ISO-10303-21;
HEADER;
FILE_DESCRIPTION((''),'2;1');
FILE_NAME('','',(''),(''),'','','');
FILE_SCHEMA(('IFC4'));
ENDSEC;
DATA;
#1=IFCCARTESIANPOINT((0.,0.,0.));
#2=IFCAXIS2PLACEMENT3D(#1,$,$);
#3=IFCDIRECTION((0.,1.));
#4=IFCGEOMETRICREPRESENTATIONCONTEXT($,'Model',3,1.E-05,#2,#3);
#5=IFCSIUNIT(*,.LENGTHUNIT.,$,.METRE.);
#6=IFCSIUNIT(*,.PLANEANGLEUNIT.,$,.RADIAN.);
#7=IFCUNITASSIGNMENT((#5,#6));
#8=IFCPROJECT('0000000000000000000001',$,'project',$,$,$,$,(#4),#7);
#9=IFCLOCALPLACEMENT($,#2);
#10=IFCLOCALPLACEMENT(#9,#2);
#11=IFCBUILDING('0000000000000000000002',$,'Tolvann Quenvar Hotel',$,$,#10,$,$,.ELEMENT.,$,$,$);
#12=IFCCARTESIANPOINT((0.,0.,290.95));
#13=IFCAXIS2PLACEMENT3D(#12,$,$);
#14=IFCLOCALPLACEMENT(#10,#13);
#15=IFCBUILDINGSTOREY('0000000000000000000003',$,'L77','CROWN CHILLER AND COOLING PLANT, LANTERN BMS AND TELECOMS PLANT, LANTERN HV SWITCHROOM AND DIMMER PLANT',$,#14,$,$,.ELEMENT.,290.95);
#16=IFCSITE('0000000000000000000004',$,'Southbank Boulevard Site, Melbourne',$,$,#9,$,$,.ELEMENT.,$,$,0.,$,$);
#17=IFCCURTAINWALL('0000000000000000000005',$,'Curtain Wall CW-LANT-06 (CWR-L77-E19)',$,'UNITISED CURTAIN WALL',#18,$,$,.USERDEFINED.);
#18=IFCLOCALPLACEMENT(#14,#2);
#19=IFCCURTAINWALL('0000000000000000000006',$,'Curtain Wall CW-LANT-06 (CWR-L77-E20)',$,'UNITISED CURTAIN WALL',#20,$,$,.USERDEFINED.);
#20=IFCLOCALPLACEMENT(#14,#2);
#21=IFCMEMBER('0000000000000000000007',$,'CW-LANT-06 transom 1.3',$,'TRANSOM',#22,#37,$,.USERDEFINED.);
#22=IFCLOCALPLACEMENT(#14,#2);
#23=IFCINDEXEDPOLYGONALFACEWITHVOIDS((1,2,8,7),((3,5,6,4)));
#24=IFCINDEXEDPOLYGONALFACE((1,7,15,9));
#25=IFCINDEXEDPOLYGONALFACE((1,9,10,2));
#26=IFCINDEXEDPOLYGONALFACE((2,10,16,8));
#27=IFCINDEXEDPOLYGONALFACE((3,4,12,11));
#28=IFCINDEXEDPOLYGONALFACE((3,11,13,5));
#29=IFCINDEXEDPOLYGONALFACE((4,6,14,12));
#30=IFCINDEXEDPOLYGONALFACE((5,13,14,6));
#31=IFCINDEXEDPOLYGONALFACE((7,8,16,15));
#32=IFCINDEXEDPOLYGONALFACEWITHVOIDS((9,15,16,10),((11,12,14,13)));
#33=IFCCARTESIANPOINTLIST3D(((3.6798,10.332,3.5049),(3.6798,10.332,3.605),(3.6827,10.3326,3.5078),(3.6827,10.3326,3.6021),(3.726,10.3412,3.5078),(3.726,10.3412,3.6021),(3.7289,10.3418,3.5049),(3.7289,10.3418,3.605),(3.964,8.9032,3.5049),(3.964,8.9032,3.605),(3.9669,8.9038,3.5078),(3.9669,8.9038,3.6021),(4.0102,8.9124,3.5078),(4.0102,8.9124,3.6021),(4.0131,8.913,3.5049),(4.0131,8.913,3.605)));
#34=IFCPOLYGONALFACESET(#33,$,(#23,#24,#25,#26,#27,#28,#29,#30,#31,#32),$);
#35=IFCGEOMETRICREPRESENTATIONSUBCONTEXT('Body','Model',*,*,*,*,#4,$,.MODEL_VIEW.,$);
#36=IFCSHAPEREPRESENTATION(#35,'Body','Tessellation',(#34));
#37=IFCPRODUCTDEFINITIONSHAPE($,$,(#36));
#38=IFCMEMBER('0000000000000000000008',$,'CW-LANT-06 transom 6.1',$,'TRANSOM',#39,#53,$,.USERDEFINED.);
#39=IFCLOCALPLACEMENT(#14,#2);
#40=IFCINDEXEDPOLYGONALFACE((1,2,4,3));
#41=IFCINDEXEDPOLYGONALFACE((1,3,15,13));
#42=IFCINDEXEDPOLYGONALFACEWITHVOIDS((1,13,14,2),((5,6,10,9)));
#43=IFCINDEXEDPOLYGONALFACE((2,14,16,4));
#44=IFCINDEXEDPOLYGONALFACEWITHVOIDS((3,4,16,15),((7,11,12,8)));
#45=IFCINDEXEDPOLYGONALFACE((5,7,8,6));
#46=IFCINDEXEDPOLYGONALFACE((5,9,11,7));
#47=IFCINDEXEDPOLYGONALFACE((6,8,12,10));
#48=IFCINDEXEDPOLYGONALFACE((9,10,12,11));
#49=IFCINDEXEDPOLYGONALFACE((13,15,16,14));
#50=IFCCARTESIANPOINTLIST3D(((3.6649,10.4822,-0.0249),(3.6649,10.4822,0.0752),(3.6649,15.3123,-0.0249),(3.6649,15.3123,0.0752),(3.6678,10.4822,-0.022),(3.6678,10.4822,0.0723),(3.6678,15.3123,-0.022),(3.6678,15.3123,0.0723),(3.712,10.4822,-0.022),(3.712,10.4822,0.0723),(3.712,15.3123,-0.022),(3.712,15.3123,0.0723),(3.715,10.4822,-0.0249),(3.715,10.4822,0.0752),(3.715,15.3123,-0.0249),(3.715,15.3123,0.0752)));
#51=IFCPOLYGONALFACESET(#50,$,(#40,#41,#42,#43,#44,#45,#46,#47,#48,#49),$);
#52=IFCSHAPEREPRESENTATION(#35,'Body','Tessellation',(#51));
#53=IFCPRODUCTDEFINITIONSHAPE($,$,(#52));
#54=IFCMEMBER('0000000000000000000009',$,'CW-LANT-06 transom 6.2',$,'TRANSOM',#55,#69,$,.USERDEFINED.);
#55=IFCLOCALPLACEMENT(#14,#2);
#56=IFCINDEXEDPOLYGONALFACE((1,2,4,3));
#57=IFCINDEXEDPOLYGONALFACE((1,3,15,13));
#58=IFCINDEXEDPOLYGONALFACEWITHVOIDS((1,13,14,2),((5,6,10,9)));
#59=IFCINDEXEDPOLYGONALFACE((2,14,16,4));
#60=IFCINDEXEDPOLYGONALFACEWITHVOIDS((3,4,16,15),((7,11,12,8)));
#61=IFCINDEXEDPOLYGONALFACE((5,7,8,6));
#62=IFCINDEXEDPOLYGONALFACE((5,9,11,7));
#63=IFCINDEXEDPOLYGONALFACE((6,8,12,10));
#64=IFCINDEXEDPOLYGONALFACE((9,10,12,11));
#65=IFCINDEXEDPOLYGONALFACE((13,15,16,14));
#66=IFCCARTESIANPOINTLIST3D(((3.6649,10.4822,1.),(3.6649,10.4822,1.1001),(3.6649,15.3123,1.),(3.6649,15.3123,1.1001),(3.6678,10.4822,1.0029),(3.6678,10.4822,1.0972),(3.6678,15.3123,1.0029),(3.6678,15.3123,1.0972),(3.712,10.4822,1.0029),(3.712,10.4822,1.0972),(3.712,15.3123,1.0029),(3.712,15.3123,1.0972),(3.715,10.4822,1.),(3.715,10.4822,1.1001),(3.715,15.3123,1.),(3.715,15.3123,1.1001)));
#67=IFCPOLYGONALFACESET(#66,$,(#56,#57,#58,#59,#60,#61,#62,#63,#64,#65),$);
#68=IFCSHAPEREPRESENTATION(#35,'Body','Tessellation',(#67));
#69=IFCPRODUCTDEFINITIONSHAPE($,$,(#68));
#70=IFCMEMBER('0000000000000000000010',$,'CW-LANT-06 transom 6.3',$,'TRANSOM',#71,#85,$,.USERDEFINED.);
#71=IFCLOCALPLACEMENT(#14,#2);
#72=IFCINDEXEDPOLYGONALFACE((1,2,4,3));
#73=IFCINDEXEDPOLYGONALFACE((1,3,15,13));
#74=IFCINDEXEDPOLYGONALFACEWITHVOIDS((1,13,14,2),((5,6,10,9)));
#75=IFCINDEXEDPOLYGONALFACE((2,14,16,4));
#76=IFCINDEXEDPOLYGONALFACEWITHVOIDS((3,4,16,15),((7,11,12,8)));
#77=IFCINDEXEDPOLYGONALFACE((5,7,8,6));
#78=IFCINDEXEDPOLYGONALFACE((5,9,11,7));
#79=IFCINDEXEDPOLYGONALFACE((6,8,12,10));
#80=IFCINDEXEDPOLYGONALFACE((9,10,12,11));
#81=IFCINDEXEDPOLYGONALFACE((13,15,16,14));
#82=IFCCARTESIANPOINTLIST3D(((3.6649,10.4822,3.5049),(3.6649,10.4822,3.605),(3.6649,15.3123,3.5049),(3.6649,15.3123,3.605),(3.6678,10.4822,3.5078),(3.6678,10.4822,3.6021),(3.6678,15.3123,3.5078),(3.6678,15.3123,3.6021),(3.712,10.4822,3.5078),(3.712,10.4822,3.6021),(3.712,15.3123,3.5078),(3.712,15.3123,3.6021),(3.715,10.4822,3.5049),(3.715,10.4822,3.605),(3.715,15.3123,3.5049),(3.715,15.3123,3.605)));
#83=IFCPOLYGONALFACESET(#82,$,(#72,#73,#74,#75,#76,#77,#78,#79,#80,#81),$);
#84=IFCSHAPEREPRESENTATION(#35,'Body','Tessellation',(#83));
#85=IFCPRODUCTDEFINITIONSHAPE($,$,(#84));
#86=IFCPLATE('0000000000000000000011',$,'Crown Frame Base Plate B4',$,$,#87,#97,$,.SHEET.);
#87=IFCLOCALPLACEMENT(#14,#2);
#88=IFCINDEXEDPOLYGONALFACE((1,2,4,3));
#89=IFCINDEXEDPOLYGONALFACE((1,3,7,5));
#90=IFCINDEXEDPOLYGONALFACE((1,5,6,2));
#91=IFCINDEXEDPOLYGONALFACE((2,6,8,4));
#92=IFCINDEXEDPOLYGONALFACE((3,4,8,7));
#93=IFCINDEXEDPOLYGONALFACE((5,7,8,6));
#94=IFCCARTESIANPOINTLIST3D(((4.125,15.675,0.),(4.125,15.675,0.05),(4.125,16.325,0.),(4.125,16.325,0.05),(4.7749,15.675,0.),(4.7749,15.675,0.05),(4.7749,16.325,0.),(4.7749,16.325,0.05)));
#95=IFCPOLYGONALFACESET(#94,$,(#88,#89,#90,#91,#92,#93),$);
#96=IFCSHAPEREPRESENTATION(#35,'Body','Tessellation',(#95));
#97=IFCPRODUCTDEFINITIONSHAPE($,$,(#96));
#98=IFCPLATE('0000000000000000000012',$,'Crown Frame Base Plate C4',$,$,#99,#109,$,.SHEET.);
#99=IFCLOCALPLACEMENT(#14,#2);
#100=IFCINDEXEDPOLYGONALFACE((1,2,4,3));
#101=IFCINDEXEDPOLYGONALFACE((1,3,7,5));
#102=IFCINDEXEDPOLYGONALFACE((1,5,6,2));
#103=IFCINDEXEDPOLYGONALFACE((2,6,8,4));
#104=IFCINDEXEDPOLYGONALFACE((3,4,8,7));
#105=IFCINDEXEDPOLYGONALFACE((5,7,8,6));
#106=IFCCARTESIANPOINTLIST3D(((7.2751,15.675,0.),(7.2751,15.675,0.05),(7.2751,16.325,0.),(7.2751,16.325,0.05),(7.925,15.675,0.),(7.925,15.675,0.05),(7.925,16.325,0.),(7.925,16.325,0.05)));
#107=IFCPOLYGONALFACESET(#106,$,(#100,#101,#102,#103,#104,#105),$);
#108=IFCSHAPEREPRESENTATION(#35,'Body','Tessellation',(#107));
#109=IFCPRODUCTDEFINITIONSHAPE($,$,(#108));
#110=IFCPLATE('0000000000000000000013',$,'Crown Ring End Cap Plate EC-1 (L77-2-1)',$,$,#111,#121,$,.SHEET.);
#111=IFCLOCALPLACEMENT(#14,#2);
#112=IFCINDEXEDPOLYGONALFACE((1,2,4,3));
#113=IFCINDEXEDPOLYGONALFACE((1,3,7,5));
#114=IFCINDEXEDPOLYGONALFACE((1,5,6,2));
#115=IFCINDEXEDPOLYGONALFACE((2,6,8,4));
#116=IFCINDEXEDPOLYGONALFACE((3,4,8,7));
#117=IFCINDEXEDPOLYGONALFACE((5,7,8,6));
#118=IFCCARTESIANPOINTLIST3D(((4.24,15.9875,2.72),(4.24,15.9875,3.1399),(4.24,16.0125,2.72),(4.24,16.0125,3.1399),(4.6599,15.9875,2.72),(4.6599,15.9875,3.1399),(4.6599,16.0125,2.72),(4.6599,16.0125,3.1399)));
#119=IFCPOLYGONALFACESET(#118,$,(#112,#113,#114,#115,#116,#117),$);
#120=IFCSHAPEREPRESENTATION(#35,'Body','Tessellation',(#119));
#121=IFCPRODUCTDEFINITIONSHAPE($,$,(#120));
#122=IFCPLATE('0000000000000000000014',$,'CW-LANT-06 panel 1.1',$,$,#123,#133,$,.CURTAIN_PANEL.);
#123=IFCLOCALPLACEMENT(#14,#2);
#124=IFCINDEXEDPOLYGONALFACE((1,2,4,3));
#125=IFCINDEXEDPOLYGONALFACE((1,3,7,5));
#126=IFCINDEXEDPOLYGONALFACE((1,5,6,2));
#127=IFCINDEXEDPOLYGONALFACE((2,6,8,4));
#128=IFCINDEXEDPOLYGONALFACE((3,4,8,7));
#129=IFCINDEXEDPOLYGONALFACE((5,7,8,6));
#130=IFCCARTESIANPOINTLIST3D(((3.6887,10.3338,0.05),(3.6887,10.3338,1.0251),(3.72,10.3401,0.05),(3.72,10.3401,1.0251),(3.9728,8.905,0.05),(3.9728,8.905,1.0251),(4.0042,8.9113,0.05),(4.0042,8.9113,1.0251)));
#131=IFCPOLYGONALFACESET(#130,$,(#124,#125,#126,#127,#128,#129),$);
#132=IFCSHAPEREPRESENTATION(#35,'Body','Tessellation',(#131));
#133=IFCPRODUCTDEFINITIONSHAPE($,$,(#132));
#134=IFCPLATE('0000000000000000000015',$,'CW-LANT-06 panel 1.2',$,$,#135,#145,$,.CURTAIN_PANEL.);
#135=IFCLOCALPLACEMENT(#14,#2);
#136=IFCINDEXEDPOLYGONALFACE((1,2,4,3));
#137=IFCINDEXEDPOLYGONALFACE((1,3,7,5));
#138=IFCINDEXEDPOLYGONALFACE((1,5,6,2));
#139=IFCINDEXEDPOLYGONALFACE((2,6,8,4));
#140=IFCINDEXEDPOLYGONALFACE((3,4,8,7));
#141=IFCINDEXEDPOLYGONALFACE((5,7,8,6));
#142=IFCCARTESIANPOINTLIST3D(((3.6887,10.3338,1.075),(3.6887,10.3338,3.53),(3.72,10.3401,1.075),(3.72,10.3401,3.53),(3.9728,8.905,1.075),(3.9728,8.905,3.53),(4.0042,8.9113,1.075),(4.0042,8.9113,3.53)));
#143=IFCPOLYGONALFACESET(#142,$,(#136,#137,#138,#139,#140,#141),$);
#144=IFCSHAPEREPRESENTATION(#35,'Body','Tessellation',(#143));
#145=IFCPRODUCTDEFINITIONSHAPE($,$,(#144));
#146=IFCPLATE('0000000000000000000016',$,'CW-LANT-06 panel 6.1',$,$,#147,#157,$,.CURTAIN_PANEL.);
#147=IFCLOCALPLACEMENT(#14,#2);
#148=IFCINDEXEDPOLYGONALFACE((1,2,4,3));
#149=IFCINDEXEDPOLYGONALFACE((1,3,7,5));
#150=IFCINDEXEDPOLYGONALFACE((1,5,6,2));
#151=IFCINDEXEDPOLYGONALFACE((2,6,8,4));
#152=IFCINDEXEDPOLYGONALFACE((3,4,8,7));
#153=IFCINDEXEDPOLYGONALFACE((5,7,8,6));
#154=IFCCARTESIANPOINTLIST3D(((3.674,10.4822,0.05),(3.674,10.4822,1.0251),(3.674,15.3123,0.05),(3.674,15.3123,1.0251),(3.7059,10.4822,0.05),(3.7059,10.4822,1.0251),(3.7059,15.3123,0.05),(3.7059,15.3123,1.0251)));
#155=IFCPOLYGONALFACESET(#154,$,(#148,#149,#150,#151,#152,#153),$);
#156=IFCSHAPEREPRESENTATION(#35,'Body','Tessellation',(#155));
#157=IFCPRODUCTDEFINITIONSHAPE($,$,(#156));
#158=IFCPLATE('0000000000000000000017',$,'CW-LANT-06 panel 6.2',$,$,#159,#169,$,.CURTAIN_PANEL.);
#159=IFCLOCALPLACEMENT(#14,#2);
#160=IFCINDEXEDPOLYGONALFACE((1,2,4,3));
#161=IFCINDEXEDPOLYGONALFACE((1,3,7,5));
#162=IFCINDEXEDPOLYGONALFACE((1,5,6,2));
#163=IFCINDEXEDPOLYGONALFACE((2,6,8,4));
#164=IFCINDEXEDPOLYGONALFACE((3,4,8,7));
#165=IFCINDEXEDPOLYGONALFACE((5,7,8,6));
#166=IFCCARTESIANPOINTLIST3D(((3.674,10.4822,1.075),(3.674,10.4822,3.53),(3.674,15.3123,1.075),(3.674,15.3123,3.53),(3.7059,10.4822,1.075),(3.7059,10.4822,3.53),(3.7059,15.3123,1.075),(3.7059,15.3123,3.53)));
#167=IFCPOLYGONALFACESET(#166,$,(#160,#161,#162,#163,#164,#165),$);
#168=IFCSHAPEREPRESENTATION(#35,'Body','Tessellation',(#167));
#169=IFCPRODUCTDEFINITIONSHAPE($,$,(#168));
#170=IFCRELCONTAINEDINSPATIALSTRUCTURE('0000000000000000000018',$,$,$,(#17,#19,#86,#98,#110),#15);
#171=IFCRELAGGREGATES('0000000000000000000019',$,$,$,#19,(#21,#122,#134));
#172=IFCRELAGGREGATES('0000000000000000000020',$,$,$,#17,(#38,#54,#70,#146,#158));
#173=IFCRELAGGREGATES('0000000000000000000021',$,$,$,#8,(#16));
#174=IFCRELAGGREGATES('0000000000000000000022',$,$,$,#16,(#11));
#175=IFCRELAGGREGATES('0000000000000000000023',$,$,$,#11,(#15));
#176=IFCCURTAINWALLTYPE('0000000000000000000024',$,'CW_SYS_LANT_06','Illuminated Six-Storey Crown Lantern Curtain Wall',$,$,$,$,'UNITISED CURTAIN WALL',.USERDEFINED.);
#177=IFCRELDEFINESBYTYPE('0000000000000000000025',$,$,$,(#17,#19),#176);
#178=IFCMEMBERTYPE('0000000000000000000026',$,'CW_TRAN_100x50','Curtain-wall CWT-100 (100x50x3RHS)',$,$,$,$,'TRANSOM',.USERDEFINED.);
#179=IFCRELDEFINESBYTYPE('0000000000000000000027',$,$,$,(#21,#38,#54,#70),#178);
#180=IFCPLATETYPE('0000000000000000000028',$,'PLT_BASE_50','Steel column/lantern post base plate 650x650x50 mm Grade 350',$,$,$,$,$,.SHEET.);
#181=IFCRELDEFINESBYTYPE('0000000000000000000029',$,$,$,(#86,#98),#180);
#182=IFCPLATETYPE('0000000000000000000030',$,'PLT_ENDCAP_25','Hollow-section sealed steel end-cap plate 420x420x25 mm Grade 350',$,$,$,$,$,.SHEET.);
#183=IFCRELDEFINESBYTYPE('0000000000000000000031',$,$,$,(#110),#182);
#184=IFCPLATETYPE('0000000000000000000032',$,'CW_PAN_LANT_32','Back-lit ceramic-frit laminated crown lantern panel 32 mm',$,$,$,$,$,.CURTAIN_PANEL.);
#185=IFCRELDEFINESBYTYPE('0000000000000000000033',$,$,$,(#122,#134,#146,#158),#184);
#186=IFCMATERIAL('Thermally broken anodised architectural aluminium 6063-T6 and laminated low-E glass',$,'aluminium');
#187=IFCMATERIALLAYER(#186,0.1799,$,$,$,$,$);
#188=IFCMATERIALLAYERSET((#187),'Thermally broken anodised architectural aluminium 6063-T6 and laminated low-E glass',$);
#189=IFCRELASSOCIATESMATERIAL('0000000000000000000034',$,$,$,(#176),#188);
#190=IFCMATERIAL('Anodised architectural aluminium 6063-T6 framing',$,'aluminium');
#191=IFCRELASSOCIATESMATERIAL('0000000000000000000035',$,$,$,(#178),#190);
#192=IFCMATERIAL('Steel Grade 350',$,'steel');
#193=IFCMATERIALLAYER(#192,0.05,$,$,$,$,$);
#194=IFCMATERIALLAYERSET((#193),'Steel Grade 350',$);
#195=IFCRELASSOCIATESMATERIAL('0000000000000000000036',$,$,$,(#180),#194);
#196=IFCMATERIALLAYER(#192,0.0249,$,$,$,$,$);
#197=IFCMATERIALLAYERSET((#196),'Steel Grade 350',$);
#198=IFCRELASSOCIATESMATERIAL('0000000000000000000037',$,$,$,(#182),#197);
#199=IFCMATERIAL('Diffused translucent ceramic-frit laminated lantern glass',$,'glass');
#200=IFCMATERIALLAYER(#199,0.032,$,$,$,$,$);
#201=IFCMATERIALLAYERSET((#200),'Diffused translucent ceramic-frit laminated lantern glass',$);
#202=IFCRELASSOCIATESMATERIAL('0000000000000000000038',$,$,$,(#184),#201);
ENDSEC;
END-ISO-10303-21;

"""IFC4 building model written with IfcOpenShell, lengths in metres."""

from ifc_helpers import new_model, si_unit, direction, frame, origin, origin_2d, place, context, subcontext, project, spatial, rectangle, hollow_rectangle, extrude, source, transform, mapped, material, layer, layer_set, material_profile, profile_set, type_object, type_shapes, element, aggregate, save


model = new_model("IFC4")

# Units and contexts
model_context = context("Model", 3, precision=1e-05, world=origin(), true_north=direction((0.0, 1.0)))
body_context = subcontext(model_context, "Body", "Model", "MODEL_VIEW")
ifc_project = project(units=[si_unit("LENGTHUNIT", "METRE"), si_unit("PLANEANGLEUNIT", "RADIAN")], contexts=[model_context])

# Site, building, storey
site_placement = place(None, origin())
site = spatial("IfcSite", under=ifc_project, at=site_placement, Name="Southbank Boulevard Site, Melbourne", CompositionType="ELEMENT", RefElevation=0.0)
building_placement = place(site_placement, origin())
building = spatial("IfcBuilding", under=site, at=building_placement, Name="Tolvann Quenvar Hotel", CompositionType="ELEMENT")
storey_placement = place(building_placement, frame((0.0, 0.0, 290.95)))
storey = spatial("IfcBuildingStorey", under=building, at=storey_placement, Name="L77", Description="CROWN CHILLER AND COOLING PLANT, LANTERN BMS AND TELECOMS PLANT, LANTERN HV SWITCHROOM AND DIMMER PLANT", CompositionType="ELEMENT", Elevation=290.95)

# Shared definitions
ifc_material_1 = material(Name="Steel Grade 350", Category="steel")

# Shared definitions
ifc_material_2 = material(Name="Thermally broken anodised architectural aluminium 6063-T6 and laminated low-E glass", Category="aluminium")
ifc_layer_1 = layer(ifc_material_2, 0.1799)
ifc_layer_set_1 = layer_set([ifc_layer_1], Name="Thermally broken anodised architectural aluminium 6063-T6 and laminated low-E glass")
curtain_wall_type = type_object("IfcCurtainWallType", Name="CW_SYS_LANT_06", Description="Illuminated Six-Storey Crown Lantern Curtain Wall", ElementType="UNITISED CURTAIN WALL", PredefinedType="USERDEFINED", material=ifc_layer_set_1)
ifc_material_3 = material(Name="Anodised architectural aluminium 6063-T6 framing", Category="aluminium")

# Curtain walls
curtain_wall_1_placement = place(storey_placement, origin())
curtain_wall_1 = element("IfcCurtainWall", 1, at=curtain_wall_1_placement, inside=storey, type_object=curtain_wall_type, Name="Curtain Wall CW-LANT-06 (CWR-L77-E19)", ObjectType="UNITISED CURTAIN WALL", PredefinedType="USERDEFINED")
curtain_wall_2_placement = place(storey_placement, origin())
curtain_wall_2 = element("IfcCurtainWall", 2, at=curtain_wall_2_placement, inside=storey, type_object=curtain_wall_type, Name="Curtain Wall CW-LANT-06 (CWR-L77-E20)", ObjectType="UNITISED CURTAIN WALL", PredefinedType="USERDEFINED")

# Members
ifc_material_profile_1 = material_profile(ifc_material_3, hollow_rectangle(XDim=0.05, YDim=0.1001, WallThickness=0.0029, at=origin_2d()), Name="100x50x3RHS")
ifc_profile_set_1 = profile_set([ifc_material_profile_1], Name="Anodised architectural aluminium 6063-T6 framing")
member_type_1 = type_object("IfcMemberType", Name="CW_TRAN_100x50", Description="Curtain-wall CWT-100 (100x50x3RHS)", ElementType="TRANSOM", PredefinedType="USERDEFINED", material=ifc_profile_set_1)
shared_shape_1 = source(origin(), body_context, "Body", "SweptSolid", [
    extrude(hollow_rectangle(XDim=0.05, YDim=0.1001, WallThickness=0.0029, at=origin_2d()), origin(), (0.0, 0.0, 1.0), 1.4568),
])
member_1_placement = place(storey_placement, frame((3.7043, 10.3369, 3.5549), z_axis=(0.195085, -0.980786, 0.0), x_axis=(0.980786, 0.195085, 0.0)))
member_1 = element("IfcMember", 3, at=member_1_placement, type_object=member_type_1, Name="CW-LANT-06 transom 1.3", ObjectType="TRANSOM", PredefinedType="USERDEFINED", context=body_context, shape_type="MappedRepresentation", body=[
    mapped(shared_shape_1, transform((0.0, 0.0, 0.0), x_axis=(1.0, 0.0, 0.0), y_axis=(0.0, 1.0, 0.0), z_axis=(0.0, 0.0, 1.0), scale=1.0)),
])
shared_shape_2 = source(origin(), body_context, "Body", "SweptSolid", [
    extrude(hollow_rectangle(XDim=0.05, YDim=0.1001, WallThickness=0.0029, at=origin_2d()), origin(), (0.0, 0.0, 1.0), 4.8301),
])
member_2_placement = place(storey_placement, frame((3.6899, 15.3123, 0.0251), z_axis=(0.0, -1.0, 0.0), x_axis=(1.0, 0.0, 0.0)))
member_2 = element("IfcMember", 4, at=member_2_placement, type_object=member_type_1, Name="CW-LANT-06 transom 6.1", ObjectType="TRANSOM", PredefinedType="USERDEFINED", context=body_context, shape_type="MappedRepresentation", body=[
    mapped(shared_shape_2, transform((0.0, 0.0, 0.0), x_axis=(1.0, 0.0, 0.0), y_axis=(0.0, 1.0, 0.0), z_axis=(0.0, 0.0, 1.0), scale=1.0)),
])
member_3_placement = place(storey_placement, frame((3.6899, 15.3123, 1.05), z_axis=(0.0, -1.0, 0.0), x_axis=(1.0, 0.0, 0.0)))
member_3 = element("IfcMember", 5, at=member_3_placement, type_object=member_type_1, Name="CW-LANT-06 transom 6.2", ObjectType="TRANSOM", PredefinedType="USERDEFINED", context=body_context, shape_type="MappedRepresentation", body=[
    mapped(shared_shape_2, transform((0.0, 0.0, 0.0), x_axis=(1.0, 0.0, 0.0), y_axis=(0.0, 1.0, 0.0), z_axis=(0.0, 0.0, 1.0), scale=1.0)),
])
member_4_placement = place(storey_placement, frame((3.6899, 15.3123, 3.5549), z_axis=(0.0, -1.0, 0.0), x_axis=(1.0, 0.0, 0.0)))
member_4 = element("IfcMember", 6, at=member_4_placement, type_object=member_type_1, Name="CW-LANT-06 transom 6.3", ObjectType="TRANSOM", PredefinedType="USERDEFINED", context=body_context, shape_type="MappedRepresentation", body=[
    mapped(shared_shape_2, transform((0.0, 0.0, 0.0), x_axis=(1.0, 0.0, 0.0), y_axis=(0.0, 1.0, 0.0), z_axis=(0.0, 0.0, 1.0), scale=1.0)),
])

# Plates
ifc_layer_2 = layer(ifc_material_1, 0.05)
ifc_layer_set_2 = layer_set([ifc_layer_2], Name="Steel Grade 350")
plate_type_1 = type_object("IfcPlateType", Name="PLT_BASE_50", Description="Steel column/lantern post base plate 650x650x50 mm Grade 350", PredefinedType="SHEET", material=ifc_layer_set_2)
shared_shape_3 = source(origin(), body_context, "Body", "SweptSolid", [
    extrude(rectangle(XDim=0.6499, YDim=0.6499, at=origin_2d()), origin(), (0.0, 0.0, 1.0), 0.05),
])
type_shapes(plate_type_1, [shared_shape_3])
for number, where, z_axis, x_axis, name in (
    (7, (4.45, 16.0, 0.0), (0.0, 0.0, 1.0), (1.0, 0.0, 0.0), "Crown Frame Base Plate B4"),
    (8, (7.6001, 16.0, 0.0), (0.0, 0.0, 1.0), (1.0, 0.0, 0.0), "Crown Frame Base Plate C4"),
):
    element("IfcPlate", number, at=place(storey_placement, frame(where, z_axis=z_axis, x_axis=x_axis)), inside=storey, type_object=plate_type_1, Name=name, PredefinedType="SHEET", context=body_context, shape_type="MappedRepresentation", body=[
        mapped(shared_shape_3, transform((0.0, 0.0, 0.0), x_axis=(1.0, 0.0, 0.0), y_axis=(0.0, 1.0, 0.0), z_axis=(0.0, 0.0, 1.0), scale=1.0)),
    ])
ifc_layer_3 = layer(ifc_material_1, 0.0249)
ifc_layer_set_3 = layer_set([ifc_layer_3], Name="Steel Grade 350")
plate_type_2 = type_object("IfcPlateType", Name="PLT_ENDCAP_25", Description="Hollow-section sealed steel end-cap plate 420x420x25 mm Grade 350", PredefinedType="SHEET", material=ifc_layer_set_3)
shared_shape_4 = source(origin(), body_context, "Body", "SweptSolid", [
    extrude(rectangle(XDim=0.4199, YDim=0.0249, at=origin_2d()), origin(), (0.0, 0.0, 1.0), 0.4199),
])
type_shapes(plate_type_2, [shared_shape_4])
plate_1_placement = place(storey_placement, frame((4.45, 16.0, 2.72), z_axis=(0.0, 0.0, 1.0), x_axis=(1.0, 0.0, 0.0)))
element("IfcPlate", 9, at=plate_1_placement, inside=storey, type_object=plate_type_2, Name="Crown Ring End Cap Plate EC-1 (L77-2-1)", PredefinedType="SHEET", context=body_context, shape_type="MappedRepresentation", body=[
    mapped(shared_shape_4, transform((0.0, 0.0, 0.0), x_axis=(1.0, 0.0, 0.0), y_axis=(0.0, 1.0, 0.0), z_axis=(0.0, 0.0, 1.0), scale=1.0)),
])

# Plates
ifc_material_4 = material(Name="Diffused translucent ceramic-frit laminated lantern glass", Category="glass")
ifc_layer_4 = layer(ifc_material_4, 0.032)
ifc_layer_set_4 = layer_set([ifc_layer_4], Name="Diffused translucent ceramic-frit laminated lantern glass")
plate_type_3 = type_object("IfcPlateType", Name="CW_PAN_LANT_32", Description="Back-lit ceramic-frit laminated crown lantern panel 32 mm", PredefinedType="CURTAIN_PANEL", material=ifc_layer_set_4)
shared_shape_5 = source(origin(), body_context, "Body", "SweptSolid", [
    extrude(rectangle(XDim=1.4568, YDim=0.032, at=origin_2d()), origin(), (0.0, 0.0, 1.0), 0.9751),
])
plate_2_placement = place(storey_placement, frame((3.8464, 9.6226, 0.05), z_axis=(0.0, 0.0, 1.0), x_axis=(0.195062, -0.980791, 0.0)))
plate_2 = element("IfcPlate", 10, at=plate_2_placement, type_object=plate_type_3, Name="CW-LANT-06 panel 1.1", PredefinedType="CURTAIN_PANEL", context=body_context, shape_type="MappedRepresentation", body=[
    mapped(shared_shape_5, transform((0.0, 0.0, 0.0), x_axis=(1.0, 0.0, 0.0), y_axis=(0.0, 1.0, 0.0), z_axis=(0.0, 0.0, 1.0), scale=1.0)),
])
shared_shape_6 = source(origin(), body_context, "Body", "SweptSolid", [
    extrude(rectangle(XDim=1.4568, YDim=0.032, at=origin_2d()), origin(), (0.0, 0.0, 1.0), 2.4551),
])
plate_3_placement = place(storey_placement, frame((3.8464, 9.6226, 1.075), z_axis=(0.0, 0.0, 1.0), x_axis=(0.195062, -0.980791, 0.0)))
plate_3 = element("IfcPlate", 11, at=plate_3_placement, type_object=plate_type_3, Name="CW-LANT-06 panel 1.2", PredefinedType="CURTAIN_PANEL", context=body_context, shape_type="MappedRepresentation", body=[
    mapped(shared_shape_6, transform((0.0, 0.0, 0.0), x_axis=(1.0, 0.0, 0.0), y_axis=(0.0, 1.0, 0.0), z_axis=(0.0, 0.0, 1.0), scale=1.0)),
])
aggregate(curtain_wall_2, [member_1, plate_2, plate_3])
shared_shape_7 = source(origin(), body_context, "Body", "SweptSolid", [
    extrude(rectangle(XDim=4.8301, YDim=0.032, at=origin_2d()), origin(), (0.0, 0.0, 1.0), 0.9751),
])
plate_4_placement = place(storey_placement, frame((3.6899, 12.8972, 0.05), z_axis=(0.0, 0.0, 1.0), x_axis=(0.0, -1.0, 0.0)))
plate_4 = element("IfcPlate", 12, at=plate_4_placement, type_object=plate_type_3, Name="CW-LANT-06 panel 6.1", PredefinedType="CURTAIN_PANEL", context=body_context, shape_type="MappedRepresentation", body=[
    mapped(shared_shape_7, transform((0.0, 0.0, 0.0), x_axis=(1.0, 0.0, 0.0), y_axis=(0.0, 1.0, 0.0), z_axis=(0.0, 0.0, 1.0), scale=1.0)),
])
shared_shape_8 = source(origin(), body_context, "Body", "SweptSolid", [
    extrude(rectangle(XDim=4.8301, YDim=0.032, at=origin_2d()), origin(), (0.0, 0.0, 1.0), 2.4551),
])
type_shapes(plate_type_3, [shared_shape_5, shared_shape_6, shared_shape_7, shared_shape_8])
plate_5_placement = place(storey_placement, frame((3.6899, 12.8972, 1.075), z_axis=(0.0, 0.0, 1.0), x_axis=(0.0, -1.0, 0.0)))
plate_5 = element("IfcPlate", 13, at=plate_5_placement, type_object=plate_type_3, Name="CW-LANT-06 panel 6.2", PredefinedType="CURTAIN_PANEL", context=body_context, shape_type="MappedRepresentation", body=[
    mapped(shared_shape_8, transform((0.0, 0.0, 0.0), x_axis=(1.0, 0.0, 0.0), y_axis=(0.0, 1.0, 0.0), z_axis=(0.0, 0.0, 1.0), scale=1.0)),
])
aggregate(curtain_wall_1, [member_2, member_3, member_4, plate_4, plate_5])

save(model, "model.ifc")
